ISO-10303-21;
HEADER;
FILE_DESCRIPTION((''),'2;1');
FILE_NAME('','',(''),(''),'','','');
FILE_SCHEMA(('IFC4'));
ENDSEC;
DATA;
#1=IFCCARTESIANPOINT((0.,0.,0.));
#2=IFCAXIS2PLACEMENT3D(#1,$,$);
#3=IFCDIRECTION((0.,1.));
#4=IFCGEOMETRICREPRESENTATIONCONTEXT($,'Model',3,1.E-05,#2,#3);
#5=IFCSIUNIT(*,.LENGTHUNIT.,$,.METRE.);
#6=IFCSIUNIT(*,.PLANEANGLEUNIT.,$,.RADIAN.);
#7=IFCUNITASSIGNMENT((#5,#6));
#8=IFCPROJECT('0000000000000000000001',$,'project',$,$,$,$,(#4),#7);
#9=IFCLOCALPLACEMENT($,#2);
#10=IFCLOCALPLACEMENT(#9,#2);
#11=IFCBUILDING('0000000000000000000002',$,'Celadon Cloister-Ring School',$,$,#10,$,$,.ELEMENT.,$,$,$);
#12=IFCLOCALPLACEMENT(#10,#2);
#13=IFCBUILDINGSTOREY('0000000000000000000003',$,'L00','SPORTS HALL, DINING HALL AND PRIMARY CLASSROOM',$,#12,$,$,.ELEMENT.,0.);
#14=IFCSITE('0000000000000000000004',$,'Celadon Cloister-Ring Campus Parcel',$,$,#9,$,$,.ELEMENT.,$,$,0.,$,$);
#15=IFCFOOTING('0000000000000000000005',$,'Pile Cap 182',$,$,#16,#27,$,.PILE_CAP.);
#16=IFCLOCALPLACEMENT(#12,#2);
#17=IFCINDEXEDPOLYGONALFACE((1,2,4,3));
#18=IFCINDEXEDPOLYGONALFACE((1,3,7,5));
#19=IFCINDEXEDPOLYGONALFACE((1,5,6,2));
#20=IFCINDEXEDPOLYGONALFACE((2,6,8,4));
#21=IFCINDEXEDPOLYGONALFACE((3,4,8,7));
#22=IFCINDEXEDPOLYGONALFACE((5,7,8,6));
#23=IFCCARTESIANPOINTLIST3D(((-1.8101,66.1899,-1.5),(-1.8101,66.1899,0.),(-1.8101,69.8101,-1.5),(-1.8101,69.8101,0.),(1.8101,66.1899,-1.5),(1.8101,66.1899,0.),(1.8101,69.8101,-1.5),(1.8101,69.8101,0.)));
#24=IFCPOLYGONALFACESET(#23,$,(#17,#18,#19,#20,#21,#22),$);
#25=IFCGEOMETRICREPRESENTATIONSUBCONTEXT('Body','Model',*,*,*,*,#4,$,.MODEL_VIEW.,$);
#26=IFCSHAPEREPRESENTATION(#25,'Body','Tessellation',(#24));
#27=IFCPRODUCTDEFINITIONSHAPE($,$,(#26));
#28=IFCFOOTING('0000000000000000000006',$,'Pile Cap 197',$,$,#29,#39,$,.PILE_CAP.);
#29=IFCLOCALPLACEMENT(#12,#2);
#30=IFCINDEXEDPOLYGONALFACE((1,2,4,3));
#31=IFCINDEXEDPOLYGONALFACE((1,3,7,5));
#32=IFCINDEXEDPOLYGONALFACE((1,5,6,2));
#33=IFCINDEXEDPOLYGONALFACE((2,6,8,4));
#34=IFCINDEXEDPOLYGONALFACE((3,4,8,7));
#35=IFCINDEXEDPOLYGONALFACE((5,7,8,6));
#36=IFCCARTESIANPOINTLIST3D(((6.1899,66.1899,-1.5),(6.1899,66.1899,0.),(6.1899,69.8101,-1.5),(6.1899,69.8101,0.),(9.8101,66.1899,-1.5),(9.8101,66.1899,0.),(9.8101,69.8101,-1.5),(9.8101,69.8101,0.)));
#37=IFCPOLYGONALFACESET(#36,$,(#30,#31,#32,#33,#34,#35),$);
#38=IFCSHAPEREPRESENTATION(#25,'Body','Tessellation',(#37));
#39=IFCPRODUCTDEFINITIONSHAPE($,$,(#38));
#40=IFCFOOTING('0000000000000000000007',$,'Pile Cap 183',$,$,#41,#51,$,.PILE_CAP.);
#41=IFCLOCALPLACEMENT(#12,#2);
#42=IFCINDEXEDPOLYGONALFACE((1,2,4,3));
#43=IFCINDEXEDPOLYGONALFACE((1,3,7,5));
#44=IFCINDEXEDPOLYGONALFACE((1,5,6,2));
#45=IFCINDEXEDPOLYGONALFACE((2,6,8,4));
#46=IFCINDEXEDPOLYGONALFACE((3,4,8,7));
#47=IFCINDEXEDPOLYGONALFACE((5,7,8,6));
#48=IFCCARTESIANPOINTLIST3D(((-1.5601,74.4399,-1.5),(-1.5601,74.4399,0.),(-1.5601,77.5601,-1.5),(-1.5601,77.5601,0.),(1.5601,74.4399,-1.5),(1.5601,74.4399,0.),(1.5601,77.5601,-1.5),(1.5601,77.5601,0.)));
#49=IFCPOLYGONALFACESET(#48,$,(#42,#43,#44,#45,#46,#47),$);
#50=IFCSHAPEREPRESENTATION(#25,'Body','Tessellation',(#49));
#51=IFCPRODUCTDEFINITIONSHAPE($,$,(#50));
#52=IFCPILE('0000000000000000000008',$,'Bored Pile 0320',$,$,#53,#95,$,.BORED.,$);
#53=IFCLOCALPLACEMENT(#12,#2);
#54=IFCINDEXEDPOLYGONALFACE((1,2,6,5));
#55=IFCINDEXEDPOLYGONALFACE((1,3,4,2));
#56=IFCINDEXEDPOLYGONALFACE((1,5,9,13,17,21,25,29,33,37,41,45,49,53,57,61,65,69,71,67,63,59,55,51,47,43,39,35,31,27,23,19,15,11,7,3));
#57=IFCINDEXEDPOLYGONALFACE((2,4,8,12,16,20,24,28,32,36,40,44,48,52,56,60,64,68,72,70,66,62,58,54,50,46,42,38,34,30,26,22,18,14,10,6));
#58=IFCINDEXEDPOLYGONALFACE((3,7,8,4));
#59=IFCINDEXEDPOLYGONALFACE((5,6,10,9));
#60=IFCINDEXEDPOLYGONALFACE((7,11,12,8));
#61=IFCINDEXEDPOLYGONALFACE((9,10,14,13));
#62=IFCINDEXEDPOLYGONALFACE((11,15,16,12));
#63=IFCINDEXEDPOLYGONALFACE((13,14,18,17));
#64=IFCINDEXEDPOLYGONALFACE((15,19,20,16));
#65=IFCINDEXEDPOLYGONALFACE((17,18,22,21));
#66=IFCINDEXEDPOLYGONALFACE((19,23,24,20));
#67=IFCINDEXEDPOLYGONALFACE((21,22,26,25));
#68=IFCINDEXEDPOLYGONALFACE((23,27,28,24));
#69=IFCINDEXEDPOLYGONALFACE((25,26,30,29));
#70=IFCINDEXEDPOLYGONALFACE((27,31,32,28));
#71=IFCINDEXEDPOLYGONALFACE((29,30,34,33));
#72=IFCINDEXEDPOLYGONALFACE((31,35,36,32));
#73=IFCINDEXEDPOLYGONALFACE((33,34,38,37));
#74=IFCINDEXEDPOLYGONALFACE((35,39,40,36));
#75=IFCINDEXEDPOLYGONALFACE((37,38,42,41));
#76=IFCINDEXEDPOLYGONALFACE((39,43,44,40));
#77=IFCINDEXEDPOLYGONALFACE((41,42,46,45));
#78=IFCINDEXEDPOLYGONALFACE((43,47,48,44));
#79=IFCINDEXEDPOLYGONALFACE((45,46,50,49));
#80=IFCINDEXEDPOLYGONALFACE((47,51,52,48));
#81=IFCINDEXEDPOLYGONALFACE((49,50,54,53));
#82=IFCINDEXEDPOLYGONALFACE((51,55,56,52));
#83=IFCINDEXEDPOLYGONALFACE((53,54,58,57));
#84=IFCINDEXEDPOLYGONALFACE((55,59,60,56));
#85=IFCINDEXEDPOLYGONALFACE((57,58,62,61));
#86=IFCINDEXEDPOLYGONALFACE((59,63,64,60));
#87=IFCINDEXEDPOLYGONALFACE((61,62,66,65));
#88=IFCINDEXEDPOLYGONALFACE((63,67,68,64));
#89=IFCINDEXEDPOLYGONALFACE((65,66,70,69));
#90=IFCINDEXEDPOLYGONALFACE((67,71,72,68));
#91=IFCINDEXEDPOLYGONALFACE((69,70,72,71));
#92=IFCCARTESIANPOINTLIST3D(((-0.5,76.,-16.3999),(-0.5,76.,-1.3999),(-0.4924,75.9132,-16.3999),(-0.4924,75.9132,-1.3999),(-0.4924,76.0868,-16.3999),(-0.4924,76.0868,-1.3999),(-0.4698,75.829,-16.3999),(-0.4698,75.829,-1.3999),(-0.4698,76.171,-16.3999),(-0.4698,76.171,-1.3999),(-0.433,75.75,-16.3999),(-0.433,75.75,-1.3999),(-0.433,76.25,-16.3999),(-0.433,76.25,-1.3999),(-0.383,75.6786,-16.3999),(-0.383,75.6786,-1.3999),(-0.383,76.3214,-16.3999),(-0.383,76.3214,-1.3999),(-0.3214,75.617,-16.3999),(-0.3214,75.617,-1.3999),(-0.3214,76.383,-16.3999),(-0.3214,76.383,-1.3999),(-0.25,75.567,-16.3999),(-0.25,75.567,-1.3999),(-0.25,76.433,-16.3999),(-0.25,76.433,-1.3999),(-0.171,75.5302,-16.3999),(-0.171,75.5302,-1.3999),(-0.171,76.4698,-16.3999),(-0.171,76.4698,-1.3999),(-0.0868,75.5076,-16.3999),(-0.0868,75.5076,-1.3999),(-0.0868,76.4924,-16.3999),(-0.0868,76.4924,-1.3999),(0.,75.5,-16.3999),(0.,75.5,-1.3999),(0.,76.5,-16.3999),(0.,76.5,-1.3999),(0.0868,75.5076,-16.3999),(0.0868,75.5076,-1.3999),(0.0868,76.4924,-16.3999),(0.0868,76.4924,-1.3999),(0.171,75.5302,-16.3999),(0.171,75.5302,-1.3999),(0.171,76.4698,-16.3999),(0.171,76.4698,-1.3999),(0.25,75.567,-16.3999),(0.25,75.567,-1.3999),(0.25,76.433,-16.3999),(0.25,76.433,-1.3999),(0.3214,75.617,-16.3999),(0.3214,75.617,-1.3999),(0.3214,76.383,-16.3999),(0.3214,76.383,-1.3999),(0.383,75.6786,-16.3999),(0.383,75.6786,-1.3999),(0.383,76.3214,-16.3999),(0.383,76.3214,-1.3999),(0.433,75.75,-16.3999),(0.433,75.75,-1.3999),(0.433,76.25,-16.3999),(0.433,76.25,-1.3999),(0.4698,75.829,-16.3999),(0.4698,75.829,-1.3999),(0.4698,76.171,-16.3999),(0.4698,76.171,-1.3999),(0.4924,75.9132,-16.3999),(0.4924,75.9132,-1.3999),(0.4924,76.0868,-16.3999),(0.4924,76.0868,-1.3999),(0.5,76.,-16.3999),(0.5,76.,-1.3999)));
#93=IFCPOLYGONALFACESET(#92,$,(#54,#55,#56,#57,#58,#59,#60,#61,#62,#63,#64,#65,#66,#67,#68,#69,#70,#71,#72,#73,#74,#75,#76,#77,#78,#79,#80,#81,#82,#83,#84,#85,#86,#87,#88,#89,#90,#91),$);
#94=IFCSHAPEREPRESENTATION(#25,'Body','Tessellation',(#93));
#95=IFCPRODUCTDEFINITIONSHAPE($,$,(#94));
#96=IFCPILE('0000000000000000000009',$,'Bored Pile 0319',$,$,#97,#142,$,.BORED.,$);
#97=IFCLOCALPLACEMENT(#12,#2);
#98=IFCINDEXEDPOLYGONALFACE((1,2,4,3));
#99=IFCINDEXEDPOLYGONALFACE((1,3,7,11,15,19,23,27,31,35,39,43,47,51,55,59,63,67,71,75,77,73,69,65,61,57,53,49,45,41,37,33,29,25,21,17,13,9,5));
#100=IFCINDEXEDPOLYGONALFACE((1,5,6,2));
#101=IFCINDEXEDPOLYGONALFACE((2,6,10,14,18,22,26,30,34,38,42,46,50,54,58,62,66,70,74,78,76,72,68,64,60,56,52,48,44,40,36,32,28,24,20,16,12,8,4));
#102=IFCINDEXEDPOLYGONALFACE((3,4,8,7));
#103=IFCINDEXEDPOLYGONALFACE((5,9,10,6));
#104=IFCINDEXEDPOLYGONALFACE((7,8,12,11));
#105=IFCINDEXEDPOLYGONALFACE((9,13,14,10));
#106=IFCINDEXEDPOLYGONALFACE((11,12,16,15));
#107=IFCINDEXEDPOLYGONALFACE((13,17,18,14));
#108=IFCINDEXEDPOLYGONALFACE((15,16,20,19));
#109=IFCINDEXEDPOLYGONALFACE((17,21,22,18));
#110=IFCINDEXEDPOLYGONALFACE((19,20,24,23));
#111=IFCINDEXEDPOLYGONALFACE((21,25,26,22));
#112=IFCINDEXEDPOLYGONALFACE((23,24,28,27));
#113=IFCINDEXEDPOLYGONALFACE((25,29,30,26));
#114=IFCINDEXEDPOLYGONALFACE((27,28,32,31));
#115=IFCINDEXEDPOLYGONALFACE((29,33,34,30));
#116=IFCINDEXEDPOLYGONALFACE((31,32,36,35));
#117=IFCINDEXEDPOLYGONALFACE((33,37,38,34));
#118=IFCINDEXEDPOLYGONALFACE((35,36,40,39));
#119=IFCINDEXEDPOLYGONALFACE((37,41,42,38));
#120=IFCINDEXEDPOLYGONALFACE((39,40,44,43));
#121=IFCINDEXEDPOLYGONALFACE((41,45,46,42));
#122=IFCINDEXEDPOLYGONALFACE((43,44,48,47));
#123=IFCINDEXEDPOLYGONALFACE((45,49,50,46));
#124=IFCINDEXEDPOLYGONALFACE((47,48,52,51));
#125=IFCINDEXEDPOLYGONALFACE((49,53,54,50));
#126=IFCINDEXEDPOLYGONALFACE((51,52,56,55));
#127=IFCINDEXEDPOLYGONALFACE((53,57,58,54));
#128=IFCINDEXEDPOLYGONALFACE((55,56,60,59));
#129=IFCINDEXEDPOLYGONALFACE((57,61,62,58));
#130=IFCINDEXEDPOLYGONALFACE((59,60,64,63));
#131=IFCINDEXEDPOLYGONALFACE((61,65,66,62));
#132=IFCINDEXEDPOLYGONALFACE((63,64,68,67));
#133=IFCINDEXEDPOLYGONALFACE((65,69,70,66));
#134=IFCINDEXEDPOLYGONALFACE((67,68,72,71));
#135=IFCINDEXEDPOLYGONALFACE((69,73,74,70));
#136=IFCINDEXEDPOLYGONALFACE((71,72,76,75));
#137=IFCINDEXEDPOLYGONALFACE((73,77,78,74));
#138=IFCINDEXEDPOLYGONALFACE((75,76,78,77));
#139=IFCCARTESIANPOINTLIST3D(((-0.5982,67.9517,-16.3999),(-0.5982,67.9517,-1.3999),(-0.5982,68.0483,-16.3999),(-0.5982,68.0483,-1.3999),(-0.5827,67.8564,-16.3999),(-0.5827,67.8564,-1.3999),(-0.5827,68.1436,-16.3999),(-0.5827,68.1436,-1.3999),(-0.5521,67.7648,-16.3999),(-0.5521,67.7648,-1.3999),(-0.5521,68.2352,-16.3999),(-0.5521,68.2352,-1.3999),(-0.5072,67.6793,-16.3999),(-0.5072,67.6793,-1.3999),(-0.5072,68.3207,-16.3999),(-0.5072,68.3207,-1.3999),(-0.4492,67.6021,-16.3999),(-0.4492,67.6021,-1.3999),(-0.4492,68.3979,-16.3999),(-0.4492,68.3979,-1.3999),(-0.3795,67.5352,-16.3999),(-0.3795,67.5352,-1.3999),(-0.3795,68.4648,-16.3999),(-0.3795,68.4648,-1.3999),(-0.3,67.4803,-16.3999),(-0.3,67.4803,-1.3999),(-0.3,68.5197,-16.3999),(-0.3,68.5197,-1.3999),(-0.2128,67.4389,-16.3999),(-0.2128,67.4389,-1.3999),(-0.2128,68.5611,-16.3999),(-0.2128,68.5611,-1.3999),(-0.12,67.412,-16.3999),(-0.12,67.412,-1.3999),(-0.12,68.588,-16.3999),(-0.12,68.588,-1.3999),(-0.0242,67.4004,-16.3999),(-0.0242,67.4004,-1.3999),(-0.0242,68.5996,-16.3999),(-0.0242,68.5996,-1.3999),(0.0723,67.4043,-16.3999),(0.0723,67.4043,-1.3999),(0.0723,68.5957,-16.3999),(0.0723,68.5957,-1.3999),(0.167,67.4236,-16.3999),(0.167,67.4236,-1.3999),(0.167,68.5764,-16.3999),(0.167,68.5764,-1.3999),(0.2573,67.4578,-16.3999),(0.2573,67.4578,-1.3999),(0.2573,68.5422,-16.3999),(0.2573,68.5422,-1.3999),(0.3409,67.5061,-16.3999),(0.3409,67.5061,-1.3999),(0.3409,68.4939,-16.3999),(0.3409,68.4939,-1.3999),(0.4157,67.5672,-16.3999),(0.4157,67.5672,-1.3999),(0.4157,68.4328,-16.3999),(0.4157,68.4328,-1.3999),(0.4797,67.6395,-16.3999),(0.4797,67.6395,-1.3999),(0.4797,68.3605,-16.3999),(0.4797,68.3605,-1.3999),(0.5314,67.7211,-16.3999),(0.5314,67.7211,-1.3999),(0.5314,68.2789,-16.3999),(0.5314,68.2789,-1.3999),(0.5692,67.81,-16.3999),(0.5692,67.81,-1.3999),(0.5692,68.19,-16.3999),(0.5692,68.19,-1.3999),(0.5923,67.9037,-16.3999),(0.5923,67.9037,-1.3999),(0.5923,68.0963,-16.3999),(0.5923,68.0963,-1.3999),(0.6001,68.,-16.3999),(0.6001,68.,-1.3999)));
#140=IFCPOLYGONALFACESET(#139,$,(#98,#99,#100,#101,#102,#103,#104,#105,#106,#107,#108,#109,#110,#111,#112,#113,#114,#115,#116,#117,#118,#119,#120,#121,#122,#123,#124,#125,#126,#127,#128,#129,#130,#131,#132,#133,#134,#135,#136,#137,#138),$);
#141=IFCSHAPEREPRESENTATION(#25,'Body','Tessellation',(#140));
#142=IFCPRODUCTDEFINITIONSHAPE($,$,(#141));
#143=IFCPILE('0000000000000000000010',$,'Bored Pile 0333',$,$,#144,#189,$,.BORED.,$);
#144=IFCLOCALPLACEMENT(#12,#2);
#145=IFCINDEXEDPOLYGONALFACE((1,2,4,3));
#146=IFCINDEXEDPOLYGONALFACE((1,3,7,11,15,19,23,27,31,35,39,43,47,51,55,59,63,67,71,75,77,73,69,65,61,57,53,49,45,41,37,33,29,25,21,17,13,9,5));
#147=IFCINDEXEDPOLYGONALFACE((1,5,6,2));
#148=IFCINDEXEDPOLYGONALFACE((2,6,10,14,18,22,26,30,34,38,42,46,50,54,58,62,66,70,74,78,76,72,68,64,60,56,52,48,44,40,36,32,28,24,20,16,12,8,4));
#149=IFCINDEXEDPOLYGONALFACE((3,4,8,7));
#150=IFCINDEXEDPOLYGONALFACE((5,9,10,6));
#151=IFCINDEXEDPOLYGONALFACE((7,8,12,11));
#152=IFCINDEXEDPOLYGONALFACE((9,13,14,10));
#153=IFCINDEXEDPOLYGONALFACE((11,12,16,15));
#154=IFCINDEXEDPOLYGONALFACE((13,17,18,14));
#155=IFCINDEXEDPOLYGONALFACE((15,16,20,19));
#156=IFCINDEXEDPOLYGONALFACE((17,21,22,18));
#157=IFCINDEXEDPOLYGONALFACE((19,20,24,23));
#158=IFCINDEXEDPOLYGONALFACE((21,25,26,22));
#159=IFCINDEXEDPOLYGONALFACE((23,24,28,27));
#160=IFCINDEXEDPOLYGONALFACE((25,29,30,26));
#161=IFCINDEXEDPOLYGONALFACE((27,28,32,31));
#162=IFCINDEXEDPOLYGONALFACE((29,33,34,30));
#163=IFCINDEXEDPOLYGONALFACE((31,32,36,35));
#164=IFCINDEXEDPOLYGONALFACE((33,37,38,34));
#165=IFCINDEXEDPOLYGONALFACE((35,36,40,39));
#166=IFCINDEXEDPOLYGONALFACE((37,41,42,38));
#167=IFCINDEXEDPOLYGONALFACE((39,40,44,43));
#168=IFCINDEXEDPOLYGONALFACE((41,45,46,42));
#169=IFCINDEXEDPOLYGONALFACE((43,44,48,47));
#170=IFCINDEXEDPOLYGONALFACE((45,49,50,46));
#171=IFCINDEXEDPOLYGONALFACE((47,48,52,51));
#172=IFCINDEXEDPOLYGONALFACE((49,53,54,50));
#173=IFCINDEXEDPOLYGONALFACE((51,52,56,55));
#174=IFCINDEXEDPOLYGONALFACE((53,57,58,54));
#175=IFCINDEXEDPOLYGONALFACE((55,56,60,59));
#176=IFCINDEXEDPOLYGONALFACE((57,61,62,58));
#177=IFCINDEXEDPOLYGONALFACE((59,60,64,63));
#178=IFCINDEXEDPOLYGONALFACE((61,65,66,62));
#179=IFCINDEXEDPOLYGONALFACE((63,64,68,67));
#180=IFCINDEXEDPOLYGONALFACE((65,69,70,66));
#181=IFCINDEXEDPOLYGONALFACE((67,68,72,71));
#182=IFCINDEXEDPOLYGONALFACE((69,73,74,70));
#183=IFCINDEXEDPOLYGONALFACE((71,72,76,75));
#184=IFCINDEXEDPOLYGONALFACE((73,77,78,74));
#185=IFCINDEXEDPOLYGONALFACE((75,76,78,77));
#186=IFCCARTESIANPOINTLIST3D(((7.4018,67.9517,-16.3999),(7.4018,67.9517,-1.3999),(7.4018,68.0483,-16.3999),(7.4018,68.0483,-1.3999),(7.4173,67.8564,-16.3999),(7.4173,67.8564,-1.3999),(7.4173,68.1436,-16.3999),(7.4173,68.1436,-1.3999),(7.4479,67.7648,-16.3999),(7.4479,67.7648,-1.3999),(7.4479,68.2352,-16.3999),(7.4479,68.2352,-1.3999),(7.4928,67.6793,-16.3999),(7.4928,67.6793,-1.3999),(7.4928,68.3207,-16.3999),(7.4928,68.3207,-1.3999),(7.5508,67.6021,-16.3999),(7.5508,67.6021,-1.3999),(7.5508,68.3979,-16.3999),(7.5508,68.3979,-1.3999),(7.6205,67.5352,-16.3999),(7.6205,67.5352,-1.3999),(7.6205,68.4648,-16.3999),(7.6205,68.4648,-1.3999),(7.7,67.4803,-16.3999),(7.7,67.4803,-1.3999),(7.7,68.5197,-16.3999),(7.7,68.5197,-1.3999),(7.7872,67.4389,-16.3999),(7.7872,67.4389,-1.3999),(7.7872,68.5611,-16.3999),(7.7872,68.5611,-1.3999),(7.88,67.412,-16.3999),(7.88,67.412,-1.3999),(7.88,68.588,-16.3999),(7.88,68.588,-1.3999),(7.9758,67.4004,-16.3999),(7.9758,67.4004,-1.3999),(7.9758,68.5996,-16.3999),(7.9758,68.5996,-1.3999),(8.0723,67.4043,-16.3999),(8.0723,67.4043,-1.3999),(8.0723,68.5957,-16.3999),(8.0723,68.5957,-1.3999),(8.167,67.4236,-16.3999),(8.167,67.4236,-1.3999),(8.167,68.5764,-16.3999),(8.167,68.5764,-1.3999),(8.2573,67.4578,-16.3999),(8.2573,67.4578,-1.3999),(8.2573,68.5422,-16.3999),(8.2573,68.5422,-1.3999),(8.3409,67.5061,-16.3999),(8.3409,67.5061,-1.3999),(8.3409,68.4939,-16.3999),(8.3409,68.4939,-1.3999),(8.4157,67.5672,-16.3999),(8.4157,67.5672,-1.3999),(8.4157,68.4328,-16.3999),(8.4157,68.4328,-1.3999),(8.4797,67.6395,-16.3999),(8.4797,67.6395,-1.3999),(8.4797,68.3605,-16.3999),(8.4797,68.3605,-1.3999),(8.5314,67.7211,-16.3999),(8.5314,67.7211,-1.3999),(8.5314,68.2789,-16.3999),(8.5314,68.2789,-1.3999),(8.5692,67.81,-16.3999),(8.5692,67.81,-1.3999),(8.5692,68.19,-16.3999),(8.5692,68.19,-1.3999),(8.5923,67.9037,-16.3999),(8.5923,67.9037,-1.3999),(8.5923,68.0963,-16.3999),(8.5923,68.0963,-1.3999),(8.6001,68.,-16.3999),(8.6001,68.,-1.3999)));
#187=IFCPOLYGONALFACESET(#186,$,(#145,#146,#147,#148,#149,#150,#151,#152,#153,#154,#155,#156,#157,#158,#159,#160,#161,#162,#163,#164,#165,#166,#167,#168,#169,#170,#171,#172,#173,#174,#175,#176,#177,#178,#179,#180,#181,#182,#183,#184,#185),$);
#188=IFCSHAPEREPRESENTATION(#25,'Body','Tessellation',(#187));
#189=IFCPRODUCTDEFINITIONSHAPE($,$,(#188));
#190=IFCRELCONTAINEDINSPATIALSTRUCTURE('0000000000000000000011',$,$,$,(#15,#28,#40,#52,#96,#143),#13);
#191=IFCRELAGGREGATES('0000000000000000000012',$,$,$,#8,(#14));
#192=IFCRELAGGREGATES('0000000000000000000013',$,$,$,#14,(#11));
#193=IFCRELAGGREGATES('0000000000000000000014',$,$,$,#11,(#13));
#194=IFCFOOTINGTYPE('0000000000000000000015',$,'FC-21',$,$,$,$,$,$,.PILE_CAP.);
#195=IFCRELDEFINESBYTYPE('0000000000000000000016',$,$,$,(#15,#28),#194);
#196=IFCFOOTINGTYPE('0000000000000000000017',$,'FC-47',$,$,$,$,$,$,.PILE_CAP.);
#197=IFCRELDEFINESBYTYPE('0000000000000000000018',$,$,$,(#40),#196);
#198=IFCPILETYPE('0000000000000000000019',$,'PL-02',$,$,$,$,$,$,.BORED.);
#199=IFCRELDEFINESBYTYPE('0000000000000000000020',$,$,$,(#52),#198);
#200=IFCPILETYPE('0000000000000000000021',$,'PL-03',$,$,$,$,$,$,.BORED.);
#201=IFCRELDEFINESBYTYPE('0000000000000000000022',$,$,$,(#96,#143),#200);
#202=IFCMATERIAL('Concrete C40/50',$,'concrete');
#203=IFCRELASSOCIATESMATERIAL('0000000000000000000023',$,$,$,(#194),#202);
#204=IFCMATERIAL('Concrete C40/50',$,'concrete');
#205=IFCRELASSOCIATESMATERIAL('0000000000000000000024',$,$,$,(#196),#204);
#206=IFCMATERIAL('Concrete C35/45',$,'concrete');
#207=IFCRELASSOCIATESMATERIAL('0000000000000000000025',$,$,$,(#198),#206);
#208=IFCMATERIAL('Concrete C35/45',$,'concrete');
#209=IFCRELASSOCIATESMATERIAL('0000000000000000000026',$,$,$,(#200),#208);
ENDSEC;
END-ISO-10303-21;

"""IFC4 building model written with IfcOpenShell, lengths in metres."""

from ifc_helpers import new_model, si_unit, direction, frame, origin, origin_2d, place, context, subcontext, project, spatial, rectangle, circle, extrude, material, material_profile, profile_set, type_object, element, save


model = new_model("IFC4")

# Units and contexts
model_context = context("Model", 3, precision=1e-05, world=origin(), true_north=direction((0.0, 1.0)))
body_context = subcontext(model_context, "Body", "Model", "MODEL_VIEW")
ifc_project = project(units=[si_unit("LENGTHUNIT", "METRE"), si_unit("PLANEANGLEUNIT", "RADIAN")], contexts=[model_context])

# Site, building, storey
site_placement = place(None, origin())
site = spatial("IfcSite", under=ifc_project, at=site_placement, Name="Celadon Cloister-Ring Campus Parcel", CompositionType="ELEMENT", RefElevation=0.0)
building_placement = place(site_placement, origin())
building = spatial("IfcBuilding", under=site, at=building_placement, Name="Celadon Cloister-Ring School", CompositionType="ELEMENT")
storey_placement = place(building_placement, origin())
storey = spatial("IfcBuildingStorey", under=building, at=storey_placement, Name="L00", Description="SPORTS HALL, DINING HALL AND PRIMARY CLASSROOM", CompositionType="ELEMENT", Elevation=0.0)

# Footings
ifc_material_1 = material(Name="Concrete C40/50", Category="concrete")
footing_type_1 = type_object("IfcFootingType", Name="FC-21", PredefinedType="PILE_CAP", material=ifc_material_1)
for number, where, z_axis, x_axis, name in (
    (1, (0.0, 68.0, -1.5), (0.0, 0.0, 1.0), (1.0, 0.0, 0.0), "Pile Cap 182"),
    (2, (8.0, 68.0, -1.5), (0.0, 0.0, 1.0), (1.0, 0.0, 0.0), "Pile Cap 197"),
):
    element("IfcFooting", number, at=place(storey_placement, frame(where, z_axis=z_axis, x_axis=x_axis)), inside=storey, type_object=footing_type_1, Name=name, PredefinedType="PILE_CAP", context=body_context, shape_type="SweptSolid", body=[
        extrude(rectangle(XDim=3.6201, YDim=3.6201, at=origin_2d()), origin(), (0.0, 0.0, 1.0), 1.5),
    ])
ifc_material_2 = material(Name="Concrete C40/50", Category="concrete")
footing_type_2 = type_object("IfcFootingType", Name="FC-47", PredefinedType="PILE_CAP", material=ifc_material_2)
footing_placement = place(storey_placement, frame((0.0, 76.0, -1.5), z_axis=(0.0, 0.0, 1.0), x_axis=(1.0, 0.0, 0.0)))
element("IfcFooting", 3, at=footing_placement, inside=storey, type_object=footing_type_2, Name="Pile Cap 183", PredefinedType="PILE_CAP", context=body_context, shape_type="SweptSolid", body=[
    extrude(rectangle(XDim=3.1201, YDim=3.1201, at=origin_2d()), origin(), (0.0, 0.0, 1.0), 1.5),
])

# Piles
ifc_material_3 = material(Name="Concrete C35/45", Category="concrete")
ifc_material_profile_1 = material_profile(ifc_material_3, circle(Radius=0.5, at=origin_2d()), Name="PILE1000")
ifc_profile_set_1 = profile_set([ifc_material_profile_1], Name="Concrete C35/45")
pile_type_1 = type_object("IfcPileType", Name="PL-02", PredefinedType="BORED", material=ifc_profile_set_1)
pile_placement = place(storey_placement, frame((0.0, 76.0, -1.3999), z_axis=(0.0, 0.0, -1.0), x_axis=(1.0, 0.0, 0.0)))
element("IfcPile", 4, at=pile_placement, inside=storey, type_object=pile_type_1, Name="Bored Pile 0320", PredefinedType="BORED", context=body_context, shape_type="SweptSolid", body=[
    extrude(circle(Radius=0.5, at=origin_2d()), origin(), (0.0, 0.0, 1.0), 15.0),
])
ifc_material_4 = material(Name="Concrete C35/45", Category="concrete")
ifc_material_profile_2 = material_profile(ifc_material_4, circle(Radius=0.6001, at=origin_2d()), Name="PILE1200")
ifc_profile_set_2 = profile_set([ifc_material_profile_2], Name="Concrete C35/45")
pile_type_2 = type_object("IfcPileType", Name="PL-03", PredefinedType="BORED", material=ifc_profile_set_2)
for number, where, z_axis, x_axis, name in (
    (5, (0.0, 68.0, -1.3999), (0.0, 0.0, -1.0), (1.0, 0.0, 0.0), "Bored Pile 0319"),
    (6, (8.0, 68.0, -1.3999), (0.0, 0.0, -1.0), (1.0, 0.0, 0.0), "Bored Pile 0333"),
):
    element("IfcPile", number, at=place(storey_placement, frame(where, z_axis=z_axis, x_axis=x_axis)), inside=storey, type_object=pile_type_2, Name=name, PredefinedType="BORED", context=body_context, shape_type="SweptSolid", body=[
        extrude(circle(Radius=0.6001, at=origin_2d()), origin(), (0.0, 0.0, 1.0), 15.0),
    ])

save(model, "model.ifc")
